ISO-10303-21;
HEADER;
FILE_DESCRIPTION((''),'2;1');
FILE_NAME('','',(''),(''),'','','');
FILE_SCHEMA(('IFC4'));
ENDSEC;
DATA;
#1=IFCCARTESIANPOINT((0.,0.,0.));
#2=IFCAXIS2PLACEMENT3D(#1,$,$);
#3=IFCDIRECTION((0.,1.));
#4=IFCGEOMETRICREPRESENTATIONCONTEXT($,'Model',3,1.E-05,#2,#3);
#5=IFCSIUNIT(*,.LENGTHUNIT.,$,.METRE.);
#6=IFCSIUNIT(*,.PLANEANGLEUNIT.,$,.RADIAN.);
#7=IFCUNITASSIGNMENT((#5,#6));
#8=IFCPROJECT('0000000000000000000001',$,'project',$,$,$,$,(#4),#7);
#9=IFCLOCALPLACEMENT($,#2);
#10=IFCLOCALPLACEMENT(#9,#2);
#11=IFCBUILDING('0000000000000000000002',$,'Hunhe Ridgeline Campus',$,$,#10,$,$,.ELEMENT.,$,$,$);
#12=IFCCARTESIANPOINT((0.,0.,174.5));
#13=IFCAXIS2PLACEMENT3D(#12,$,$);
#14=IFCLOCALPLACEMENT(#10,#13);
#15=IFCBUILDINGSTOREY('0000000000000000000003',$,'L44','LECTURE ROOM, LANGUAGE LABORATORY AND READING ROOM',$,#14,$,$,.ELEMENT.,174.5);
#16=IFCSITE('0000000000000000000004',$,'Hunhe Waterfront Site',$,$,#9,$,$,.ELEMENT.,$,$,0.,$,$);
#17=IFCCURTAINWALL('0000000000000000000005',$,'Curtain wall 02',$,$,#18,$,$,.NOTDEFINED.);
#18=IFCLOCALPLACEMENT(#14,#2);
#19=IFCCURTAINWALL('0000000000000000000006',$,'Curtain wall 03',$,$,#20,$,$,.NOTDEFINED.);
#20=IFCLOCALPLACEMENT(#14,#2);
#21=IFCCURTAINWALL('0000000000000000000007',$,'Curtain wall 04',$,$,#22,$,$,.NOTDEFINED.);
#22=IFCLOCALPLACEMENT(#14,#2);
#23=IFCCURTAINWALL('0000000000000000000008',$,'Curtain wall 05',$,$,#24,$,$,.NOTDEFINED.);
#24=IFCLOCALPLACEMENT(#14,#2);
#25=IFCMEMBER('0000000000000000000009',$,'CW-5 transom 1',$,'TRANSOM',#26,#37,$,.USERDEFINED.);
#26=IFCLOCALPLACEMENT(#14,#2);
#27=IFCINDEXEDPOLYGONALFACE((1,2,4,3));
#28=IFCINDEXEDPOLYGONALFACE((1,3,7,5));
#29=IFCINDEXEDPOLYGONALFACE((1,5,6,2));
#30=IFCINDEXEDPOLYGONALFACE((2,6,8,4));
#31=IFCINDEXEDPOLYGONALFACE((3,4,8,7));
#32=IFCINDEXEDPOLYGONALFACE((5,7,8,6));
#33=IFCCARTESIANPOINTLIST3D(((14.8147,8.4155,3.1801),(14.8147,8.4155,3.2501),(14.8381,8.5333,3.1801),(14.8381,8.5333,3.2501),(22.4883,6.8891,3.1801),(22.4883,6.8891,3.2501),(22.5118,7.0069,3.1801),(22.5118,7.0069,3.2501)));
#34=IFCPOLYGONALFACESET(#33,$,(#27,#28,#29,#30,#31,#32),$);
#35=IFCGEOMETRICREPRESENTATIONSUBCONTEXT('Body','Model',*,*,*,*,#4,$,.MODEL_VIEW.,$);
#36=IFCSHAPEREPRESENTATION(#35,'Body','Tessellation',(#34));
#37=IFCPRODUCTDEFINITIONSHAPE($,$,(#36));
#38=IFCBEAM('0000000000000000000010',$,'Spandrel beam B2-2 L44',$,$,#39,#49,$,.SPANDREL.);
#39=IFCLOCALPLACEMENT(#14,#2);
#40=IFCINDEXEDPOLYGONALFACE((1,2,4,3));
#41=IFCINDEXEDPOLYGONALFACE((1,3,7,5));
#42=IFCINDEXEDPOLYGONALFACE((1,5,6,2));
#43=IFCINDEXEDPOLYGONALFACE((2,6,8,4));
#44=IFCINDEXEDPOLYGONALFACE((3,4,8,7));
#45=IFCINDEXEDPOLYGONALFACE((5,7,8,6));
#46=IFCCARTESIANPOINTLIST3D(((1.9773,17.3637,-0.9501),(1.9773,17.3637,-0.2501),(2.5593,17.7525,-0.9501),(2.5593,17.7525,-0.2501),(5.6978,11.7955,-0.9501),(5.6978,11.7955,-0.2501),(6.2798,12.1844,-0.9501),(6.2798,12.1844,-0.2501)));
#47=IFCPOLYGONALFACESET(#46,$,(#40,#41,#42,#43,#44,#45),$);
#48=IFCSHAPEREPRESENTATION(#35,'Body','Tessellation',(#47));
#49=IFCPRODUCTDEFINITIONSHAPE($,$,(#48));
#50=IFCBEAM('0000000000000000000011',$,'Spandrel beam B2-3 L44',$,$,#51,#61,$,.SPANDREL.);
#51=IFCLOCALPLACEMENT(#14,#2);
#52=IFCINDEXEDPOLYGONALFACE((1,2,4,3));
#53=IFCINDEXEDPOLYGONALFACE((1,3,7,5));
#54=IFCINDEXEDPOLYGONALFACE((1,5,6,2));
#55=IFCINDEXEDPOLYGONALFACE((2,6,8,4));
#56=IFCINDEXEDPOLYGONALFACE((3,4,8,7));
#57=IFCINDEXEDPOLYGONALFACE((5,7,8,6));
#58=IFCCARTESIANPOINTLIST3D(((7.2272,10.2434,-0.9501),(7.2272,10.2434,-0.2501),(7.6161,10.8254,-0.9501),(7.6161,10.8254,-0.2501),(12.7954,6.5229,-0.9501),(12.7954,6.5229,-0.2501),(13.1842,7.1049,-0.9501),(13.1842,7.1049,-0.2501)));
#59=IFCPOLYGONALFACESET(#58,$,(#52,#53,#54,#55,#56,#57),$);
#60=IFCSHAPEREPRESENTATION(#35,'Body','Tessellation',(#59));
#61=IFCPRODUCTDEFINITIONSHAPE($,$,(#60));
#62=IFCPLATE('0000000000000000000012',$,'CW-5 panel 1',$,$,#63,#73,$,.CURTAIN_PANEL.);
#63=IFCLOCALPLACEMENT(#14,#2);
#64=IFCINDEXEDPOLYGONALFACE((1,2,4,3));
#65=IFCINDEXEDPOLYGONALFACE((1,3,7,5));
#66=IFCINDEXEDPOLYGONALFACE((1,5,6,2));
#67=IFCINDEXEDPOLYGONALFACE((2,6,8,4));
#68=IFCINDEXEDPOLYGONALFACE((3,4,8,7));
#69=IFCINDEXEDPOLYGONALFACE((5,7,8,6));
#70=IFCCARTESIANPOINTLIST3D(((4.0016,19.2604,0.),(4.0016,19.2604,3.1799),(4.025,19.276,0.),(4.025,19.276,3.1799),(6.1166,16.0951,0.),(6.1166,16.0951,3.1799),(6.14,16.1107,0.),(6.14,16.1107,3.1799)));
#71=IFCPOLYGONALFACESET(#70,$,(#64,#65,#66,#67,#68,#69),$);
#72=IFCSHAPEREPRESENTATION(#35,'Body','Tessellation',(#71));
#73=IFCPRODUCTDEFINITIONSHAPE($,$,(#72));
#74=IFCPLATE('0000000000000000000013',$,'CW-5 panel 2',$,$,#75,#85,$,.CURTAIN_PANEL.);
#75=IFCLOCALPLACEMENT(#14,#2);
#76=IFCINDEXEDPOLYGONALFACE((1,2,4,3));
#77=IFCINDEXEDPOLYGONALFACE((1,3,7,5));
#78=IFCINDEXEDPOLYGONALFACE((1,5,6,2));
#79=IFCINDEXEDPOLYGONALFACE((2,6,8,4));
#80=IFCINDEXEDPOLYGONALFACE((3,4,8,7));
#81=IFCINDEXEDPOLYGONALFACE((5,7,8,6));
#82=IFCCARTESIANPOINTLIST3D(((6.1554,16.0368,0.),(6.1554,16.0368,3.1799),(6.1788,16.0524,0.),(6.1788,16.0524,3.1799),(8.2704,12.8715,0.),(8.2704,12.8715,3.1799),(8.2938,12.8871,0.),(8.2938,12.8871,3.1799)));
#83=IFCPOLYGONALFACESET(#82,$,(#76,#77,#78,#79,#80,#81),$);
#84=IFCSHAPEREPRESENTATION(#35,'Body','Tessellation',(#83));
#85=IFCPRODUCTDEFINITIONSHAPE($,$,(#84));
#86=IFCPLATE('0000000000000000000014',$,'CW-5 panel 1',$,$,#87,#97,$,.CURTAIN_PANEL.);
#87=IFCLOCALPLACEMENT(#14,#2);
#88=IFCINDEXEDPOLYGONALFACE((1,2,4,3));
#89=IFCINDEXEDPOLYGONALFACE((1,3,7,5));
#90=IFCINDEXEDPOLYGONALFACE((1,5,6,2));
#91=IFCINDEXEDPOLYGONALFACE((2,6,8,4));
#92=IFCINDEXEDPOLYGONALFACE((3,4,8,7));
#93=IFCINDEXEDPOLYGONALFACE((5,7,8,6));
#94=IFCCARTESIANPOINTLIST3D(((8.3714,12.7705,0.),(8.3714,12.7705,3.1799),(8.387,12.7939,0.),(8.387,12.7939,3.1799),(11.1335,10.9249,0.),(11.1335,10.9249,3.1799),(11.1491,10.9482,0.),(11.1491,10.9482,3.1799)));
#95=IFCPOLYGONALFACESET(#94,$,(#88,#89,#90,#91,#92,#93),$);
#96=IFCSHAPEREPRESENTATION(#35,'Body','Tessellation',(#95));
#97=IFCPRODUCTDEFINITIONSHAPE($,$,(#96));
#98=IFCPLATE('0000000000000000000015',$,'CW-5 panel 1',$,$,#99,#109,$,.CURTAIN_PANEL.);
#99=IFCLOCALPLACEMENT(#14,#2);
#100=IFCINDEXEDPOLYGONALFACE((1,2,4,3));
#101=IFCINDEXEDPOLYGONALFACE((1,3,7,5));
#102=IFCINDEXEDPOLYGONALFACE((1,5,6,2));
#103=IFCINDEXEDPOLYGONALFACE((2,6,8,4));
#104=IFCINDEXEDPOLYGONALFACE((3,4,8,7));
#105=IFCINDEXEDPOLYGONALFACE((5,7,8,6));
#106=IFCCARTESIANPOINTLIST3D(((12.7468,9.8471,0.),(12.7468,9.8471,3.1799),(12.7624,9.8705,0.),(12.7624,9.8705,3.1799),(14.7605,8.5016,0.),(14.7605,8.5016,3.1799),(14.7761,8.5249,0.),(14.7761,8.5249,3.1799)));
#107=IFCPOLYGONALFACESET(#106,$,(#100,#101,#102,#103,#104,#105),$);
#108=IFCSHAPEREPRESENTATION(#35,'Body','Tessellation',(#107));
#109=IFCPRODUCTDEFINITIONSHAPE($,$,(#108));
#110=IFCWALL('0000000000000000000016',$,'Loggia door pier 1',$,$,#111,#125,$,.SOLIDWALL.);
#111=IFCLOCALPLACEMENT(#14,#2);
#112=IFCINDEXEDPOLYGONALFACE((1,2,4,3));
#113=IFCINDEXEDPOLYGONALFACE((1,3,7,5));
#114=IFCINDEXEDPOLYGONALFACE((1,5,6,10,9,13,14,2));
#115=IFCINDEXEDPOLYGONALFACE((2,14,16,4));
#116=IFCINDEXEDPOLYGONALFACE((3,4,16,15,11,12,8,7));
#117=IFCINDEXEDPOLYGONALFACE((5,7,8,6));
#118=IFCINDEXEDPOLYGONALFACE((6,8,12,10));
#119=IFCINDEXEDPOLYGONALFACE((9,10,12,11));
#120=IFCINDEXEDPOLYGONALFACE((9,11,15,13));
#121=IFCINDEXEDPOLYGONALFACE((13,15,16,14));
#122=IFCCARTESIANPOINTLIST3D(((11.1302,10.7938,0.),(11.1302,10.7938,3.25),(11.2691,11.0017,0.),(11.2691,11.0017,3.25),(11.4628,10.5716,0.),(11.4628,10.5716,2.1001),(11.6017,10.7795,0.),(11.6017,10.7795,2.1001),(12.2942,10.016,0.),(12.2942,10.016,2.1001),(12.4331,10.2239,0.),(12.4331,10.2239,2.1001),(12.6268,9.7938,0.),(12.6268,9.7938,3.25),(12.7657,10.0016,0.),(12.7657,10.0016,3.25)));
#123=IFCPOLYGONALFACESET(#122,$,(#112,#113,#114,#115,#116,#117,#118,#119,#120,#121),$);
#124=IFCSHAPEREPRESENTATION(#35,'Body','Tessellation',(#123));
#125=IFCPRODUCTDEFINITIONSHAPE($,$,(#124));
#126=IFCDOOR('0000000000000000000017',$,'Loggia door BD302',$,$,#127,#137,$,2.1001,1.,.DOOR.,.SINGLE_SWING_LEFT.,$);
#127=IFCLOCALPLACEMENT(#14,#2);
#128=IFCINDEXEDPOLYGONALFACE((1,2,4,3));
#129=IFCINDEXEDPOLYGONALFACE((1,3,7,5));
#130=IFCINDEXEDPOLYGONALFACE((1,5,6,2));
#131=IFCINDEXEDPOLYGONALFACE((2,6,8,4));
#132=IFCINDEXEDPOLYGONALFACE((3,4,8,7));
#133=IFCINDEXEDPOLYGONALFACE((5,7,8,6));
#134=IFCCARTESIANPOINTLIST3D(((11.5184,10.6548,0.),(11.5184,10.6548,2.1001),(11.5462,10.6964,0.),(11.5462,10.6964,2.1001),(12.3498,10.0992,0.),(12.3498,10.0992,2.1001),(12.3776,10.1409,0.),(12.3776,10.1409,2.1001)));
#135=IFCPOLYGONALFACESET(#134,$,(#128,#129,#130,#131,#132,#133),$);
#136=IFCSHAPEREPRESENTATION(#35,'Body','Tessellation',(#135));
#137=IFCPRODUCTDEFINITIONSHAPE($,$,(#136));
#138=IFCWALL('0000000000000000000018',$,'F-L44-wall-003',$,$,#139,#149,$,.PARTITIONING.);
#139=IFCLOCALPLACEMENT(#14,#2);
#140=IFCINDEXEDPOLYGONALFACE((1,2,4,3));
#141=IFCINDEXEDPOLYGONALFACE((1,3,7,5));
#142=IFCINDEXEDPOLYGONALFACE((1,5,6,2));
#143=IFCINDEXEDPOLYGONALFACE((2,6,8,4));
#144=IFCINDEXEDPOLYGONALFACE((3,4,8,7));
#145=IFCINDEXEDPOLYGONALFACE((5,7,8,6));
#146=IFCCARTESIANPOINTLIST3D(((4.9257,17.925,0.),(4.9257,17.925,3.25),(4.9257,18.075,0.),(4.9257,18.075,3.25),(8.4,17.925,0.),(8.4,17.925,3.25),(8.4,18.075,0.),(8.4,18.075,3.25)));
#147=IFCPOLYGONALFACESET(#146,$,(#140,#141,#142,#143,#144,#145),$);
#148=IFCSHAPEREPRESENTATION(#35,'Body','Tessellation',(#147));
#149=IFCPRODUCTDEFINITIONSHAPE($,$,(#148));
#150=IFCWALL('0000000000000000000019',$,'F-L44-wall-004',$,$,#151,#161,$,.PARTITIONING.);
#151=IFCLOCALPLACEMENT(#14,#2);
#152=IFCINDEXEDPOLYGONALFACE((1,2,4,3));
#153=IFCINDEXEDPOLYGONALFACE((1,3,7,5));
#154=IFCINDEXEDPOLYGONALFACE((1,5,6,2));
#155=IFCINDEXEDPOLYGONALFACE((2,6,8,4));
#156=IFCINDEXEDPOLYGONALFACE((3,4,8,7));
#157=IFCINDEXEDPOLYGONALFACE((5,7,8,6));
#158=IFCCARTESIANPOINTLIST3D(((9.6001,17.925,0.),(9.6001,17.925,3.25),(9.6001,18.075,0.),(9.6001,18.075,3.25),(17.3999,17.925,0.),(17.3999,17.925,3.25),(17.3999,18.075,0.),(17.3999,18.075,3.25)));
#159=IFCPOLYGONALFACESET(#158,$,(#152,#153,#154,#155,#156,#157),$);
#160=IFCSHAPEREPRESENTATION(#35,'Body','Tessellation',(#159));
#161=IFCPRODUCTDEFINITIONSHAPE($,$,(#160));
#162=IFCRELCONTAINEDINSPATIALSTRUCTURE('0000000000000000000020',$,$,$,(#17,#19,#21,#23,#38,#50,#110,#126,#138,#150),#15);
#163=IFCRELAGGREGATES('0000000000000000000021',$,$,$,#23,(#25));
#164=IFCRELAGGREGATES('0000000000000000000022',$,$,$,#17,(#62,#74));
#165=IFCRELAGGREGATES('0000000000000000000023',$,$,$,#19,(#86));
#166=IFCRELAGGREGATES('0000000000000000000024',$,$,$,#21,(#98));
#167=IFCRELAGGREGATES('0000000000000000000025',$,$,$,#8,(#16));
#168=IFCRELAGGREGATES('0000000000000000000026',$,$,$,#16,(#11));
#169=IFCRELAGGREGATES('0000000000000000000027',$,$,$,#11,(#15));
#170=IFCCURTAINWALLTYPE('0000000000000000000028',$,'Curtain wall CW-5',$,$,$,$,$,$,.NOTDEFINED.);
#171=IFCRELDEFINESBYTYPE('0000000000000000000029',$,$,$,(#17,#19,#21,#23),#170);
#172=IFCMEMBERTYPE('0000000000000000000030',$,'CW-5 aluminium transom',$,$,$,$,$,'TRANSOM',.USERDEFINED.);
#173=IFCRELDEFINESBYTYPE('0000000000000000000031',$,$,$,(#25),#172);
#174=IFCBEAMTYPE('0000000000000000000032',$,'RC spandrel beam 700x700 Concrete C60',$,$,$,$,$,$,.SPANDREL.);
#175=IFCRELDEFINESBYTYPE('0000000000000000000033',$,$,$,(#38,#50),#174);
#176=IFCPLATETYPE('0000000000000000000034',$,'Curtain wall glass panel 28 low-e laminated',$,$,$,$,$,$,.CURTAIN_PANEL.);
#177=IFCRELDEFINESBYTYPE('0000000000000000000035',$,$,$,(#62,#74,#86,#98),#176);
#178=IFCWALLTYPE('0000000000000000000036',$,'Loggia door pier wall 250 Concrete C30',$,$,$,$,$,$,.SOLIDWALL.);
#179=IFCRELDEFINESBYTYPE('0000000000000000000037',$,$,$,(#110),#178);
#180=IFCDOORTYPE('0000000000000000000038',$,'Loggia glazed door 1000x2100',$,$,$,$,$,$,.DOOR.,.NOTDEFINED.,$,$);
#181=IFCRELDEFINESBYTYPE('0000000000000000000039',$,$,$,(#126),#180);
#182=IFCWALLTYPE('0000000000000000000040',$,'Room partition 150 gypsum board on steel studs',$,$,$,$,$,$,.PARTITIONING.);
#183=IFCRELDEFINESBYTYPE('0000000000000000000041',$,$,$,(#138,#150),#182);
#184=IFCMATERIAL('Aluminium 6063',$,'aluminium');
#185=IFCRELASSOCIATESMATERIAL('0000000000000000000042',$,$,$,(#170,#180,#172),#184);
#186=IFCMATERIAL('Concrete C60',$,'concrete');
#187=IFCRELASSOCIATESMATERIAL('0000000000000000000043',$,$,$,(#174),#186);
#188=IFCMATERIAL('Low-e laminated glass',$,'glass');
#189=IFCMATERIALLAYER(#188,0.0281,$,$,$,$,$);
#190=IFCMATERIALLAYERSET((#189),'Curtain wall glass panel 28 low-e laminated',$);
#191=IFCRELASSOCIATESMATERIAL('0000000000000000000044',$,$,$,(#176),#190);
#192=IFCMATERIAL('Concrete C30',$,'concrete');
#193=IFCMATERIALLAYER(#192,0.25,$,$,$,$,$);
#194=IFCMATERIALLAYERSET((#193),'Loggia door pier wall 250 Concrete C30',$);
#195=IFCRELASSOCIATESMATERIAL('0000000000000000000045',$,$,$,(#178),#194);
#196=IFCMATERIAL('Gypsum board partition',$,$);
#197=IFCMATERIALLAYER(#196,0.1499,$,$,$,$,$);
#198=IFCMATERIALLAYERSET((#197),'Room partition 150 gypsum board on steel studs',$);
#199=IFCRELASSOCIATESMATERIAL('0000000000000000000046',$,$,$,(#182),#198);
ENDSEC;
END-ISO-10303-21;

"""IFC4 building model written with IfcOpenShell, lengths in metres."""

from ifc_helpers import new_model, si_unit, direction, frame, frame_2d, origin, origin_2d, place, context, subcontext, project, spatial, rectangle, extrude, material, layer, layer_set, material_profile, profile_set, type_object, element, fill, aggregate, save


model = new_model("IFC4")

# Units and contexts
model_context = context("Model", 3, precision=1e-05, world=origin(), true_north=direction((0.0, 1.0)))
body_context = subcontext(model_context, "Body", "Model", "MODEL_VIEW")
ifc_project = project(units=[si_unit("LENGTHUNIT", "METRE"), si_unit("PLANEANGLEUNIT", "RADIAN")], contexts=[model_context])

# Site, building, storey
site_placement = place(None, origin())
site = spatial("IfcSite", under=ifc_project, at=site_placement, Name="Hunhe Waterfront Site", CompositionType="ELEMENT", RefElevation=0.0)
building_placement = place(site_placement, origin())
building = spatial("IfcBuilding", under=site, at=building_placement, Name="Hunhe Ridgeline Campus", CompositionType="ELEMENT")
storey_placement = place(building_placement, frame((0.0, 0.0, 174.5)))
storey = spatial("IfcBuildingStorey", under=building, at=storey_placement, Name="L44", Description="LECTURE ROOM, LANGUAGE LABORATORY AND READING ROOM", CompositionType="ELEMENT", Elevation=174.5)

# Shared definitions
ifc_material_1 = material(Name="Aluminium 6063", Category="aluminium")
curtain_wall_type = type_object("IfcCurtainWallType", Name="Curtain wall CW-5", PredefinedType="NOTDEFINED", material=ifc_material_1)

# Curtain walls
curtain_wall_1_placement = place(storey_placement, origin())
curtain_wall_1 = element("IfcCurtainWall", 1, at=curtain_wall_1_placement, inside=storey, type_object=curtain_wall_type, Name="Curtain wall 02", PredefinedType="NOTDEFINED")
curtain_wall_2_placement = place(storey_placement, origin())
curtain_wall_2 = element("IfcCurtainWall", 2, at=curtain_wall_2_placement, inside=storey, type_object=curtain_wall_type, Name="Curtain wall 03", PredefinedType="NOTDEFINED")
curtain_wall_3_placement = place(storey_placement, origin())
curtain_wall_3 = element("IfcCurtainWall", 3, at=curtain_wall_3_placement, inside=storey, type_object=curtain_wall_type, Name="Curtain wall 04", PredefinedType="NOTDEFINED")

# Shared definitions
ifc_material_profile_1 = material_profile(ifc_material_1, rectangle(XDim=0.1201, YDim=0.0701, at=origin_2d()))
ifc_profile_set_1 = profile_set([ifc_material_profile_1], Name="Aluminium 6063")
member_type_1 = type_object("IfcMemberType", Name="CW-5 aluminium transom", ElementType="TRANSOM", PredefinedType="USERDEFINED", material=ifc_profile_set_1)

# Curtain wall, member
curtain_wall_4_placement = place(storey_placement, origin())
curtain_wall_4 = element("IfcCurtainWall", 4, at=curtain_wall_4_placement, inside=storey, type_object=curtain_wall_type, Name="Curtain wall 05", PredefinedType="NOTDEFINED")
member_1_placement = place(storey_placement, frame((14.8264, 8.4744, 3.2151), z_axis=(0.980785, -0.19509, 0.0), x_axis=(0.19509, 0.980785, 0.0)))
member_1 = element("IfcMember", 5, at=member_1_placement, type_object=member_type_1, Name="CW-5 transom 1", ObjectType="TRANSOM", PredefinedType="USERDEFINED", context=body_context, shape_type="SweptSolid", body=[
    extrude(rectangle(XDim=0.1201, YDim=0.0701, at=origin_2d()), origin(), (0.0, 0.0, 1.0), 7.824),
])
aggregate(curtain_wall_4, [member_1])

# Beams
ifc_material_2 = material(Name="Concrete C60", Category="concrete")
ifc_material_profile_2 = material_profile(ifc_material_2, rectangle(XDim=0.7, YDim=0.7, at=origin_2d()))
ifc_profile_set_2 = profile_set([ifc_material_profile_2], Name="Concrete C60")
beam_type = type_object("IfcBeamType", Name="RC spandrel beam 700x700 Concrete C60", PredefinedType="SPANDREL", material=ifc_profile_set_2)
for number, where, z_axis, x_axis, name in (
    (6, (2.2683, 17.5581, -0.6001), (0.555566, -0.831472, 0.0), (0.831472, 0.555566, 0.0), "Spandrel beam B2-2 L44"),
    (7, (7.4216, 10.5344, -0.6001), (0.831472, -0.555566, 0.0), (0.555566, 0.831472, 0.0), "Spandrel beam B2-3 L44"),
):
    element("IfcBeam", number, at=place(storey_placement, frame(where, z_axis=z_axis, x_axis=x_axis)), inside=storey, type_object=beam_type, Name=name, PredefinedType="SPANDREL", context=body_context, shape_type="SweptSolid", body=[
        extrude(rectangle(XDim=0.7, YDim=0.7, at=origin_2d()), origin(), (0.0, 0.0, 1.0), 6.6968),
    ])

# Plates
ifc_material_3 = material(Name="Low-e laminated glass", Category="glass")
ifc_layer_1 = layer(ifc_material_3, 0.0281)
ifc_layer_set_1 = layer_set([ifc_layer_1], Name="Curtain wall glass panel 28 low-e laminated")
plate_type = type_object("IfcPlateType", Name="Curtain wall glass panel 28 low-e laminated", PredefinedType="CURTAIN_PANEL", material=ifc_layer_set_1)
plate_1_placement = place(storey_placement, frame((5.0708, 17.6855, 0.0), z_axis=(0.0, 0.0, 1.0), x_axis=(0.55557, -0.83147, 0.0)))
plate_1 = element("IfcPlate", 8, at=plate_1_placement, type_object=plate_type, Name="CW-5 panel 1", PredefinedType="CURTAIN_PANEL", context=body_context, shape_type="SweptSolid", body=[
    extrude(rectangle(XDim=3.8069, YDim=0.0281, at=origin_2d()), origin(), (0.0, 0.0, 1.0), 3.1799),
])
plate_2_placement = place(storey_placement, frame((7.2246, 14.4619, 0.0), z_axis=(0.0, 0.0, 1.0), x_axis=(0.55557, -0.83147, 0.0)))
plate_2 = element("IfcPlate", 9, at=plate_2_placement, type_object=plate_type, Name="CW-5 panel 2", PredefinedType="CURTAIN_PANEL", context=body_context, shape_type="SweptSolid", body=[
    extrude(rectangle(XDim=3.8069, YDim=0.0281, at=origin_2d()), origin(), (0.0, 0.0, 1.0), 3.1799),
])
aggregate(curtain_wall_1, [plate_1, plate_2])
plate_3_placement = place(storey_placement, frame((9.7603, 11.8594, 0.0), z_axis=(0.0, 0.0, 1.0), x_axis=(0.83147, -0.55557, 0.0)))
plate_3 = element("IfcPlate", 10, at=plate_3_placement, type_object=plate_type, Name="CW-5 panel 1", PredefinedType="CURTAIN_PANEL", context=body_context, shape_type="SweptSolid", body=[
    extrude(rectangle(XDim=3.322, YDim=0.0281, at=origin_2d()), origin(), (0.0, 0.0, 1.0), 3.1799),
])
aggregate(curtain_wall_2, [plate_3])
plate_4_placement = place(storey_placement, frame((13.7615, 9.186, 0.0), z_axis=(0.0, 0.0, 1.0), x_axis=(0.83147, -0.55557, 0.0)))
plate_4 = element("IfcPlate", 11, at=plate_4_placement, type_object=plate_type, Name="CW-5 panel 1", PredefinedType="CURTAIN_PANEL", context=body_context, shape_type="SweptSolid", body=[
    extrude(rectangle(XDim=2.4219, YDim=0.0281, at=origin_2d()), origin(), (0.0, 0.0, 1.0), 3.1799),
])
aggregate(curtain_wall_3, [plate_4])

# Wall, opening, door
ifc_material_4 = material(Name="Concrete C30", Category="concrete")
ifc_layer_2 = layer(ifc_material_4, 0.25)
ifc_layer_set_2 = layer_set([ifc_layer_2], Name="Loggia door pier wall 250 Concrete C30")
wall_type_1 = type_object("IfcWallType", Name="Loggia door pier wall 250 Concrete C30", PredefinedType="SOLIDWALL", material=ifc_layer_set_2)
wall_1_placement = place(storey_placement, frame((11.1997, 10.8977, 0.0), z_axis=(0.0, 0.0, 1.0), x_axis=(0.831466, -0.555576, 0.0)))
wall_1 = element("IfcWall", 12, at=wall_1_placement, inside=storey, type_object=wall_type_1, Name="Loggia door pier 1", PredefinedType="SOLIDWALL", context=body_context, shape_type="SweptSolid", body=[
    extrude(rectangle(XDim=1.8, YDim=0.25, at=frame_2d((0.8999, 0.0))), origin(), (0.0, 0.0, 1.0), 3.25),
])
opening_placement = place(wall_1_placement, frame((0.3999, 0.0, 0.0)))
opening = element("IfcOpeningElement", 13, at=opening_placement, cuts=wall_1, PredefinedType="OPENING", context=body_context, shape_type="SweptSolid", body=[
    extrude(rectangle(XDim=1.0, YDim=2.1001, at=frame_2d((0.5, 1.05))), frame((0.0, 0.125, 0.0), z_axis=(0.0, -1.0, 0.0), x_axis=(1.0, 0.0, 0.0)), (0.0, 0.0, 1.0), 0.25),
])
door_type = type_object("IfcDoorType", Name="Loggia glazed door 1000x2100", OperationType="NOTDEFINED", PredefinedType="DOOR", material=ifc_material_1)
door_placement = place(opening_placement, frame((1.0, 0.0, 0.0), z_axis=(0.0, 0.0, 1.0), x_axis=(-1.0, 0.0, 0.0)))
door = element("IfcDoor", 14, at=door_placement, inside=storey, type_object=door_type, Name="Loggia door BD302", OperationType="SINGLE_SWING_LEFT", OverallHeight=2.1001, OverallWidth=1.0, PredefinedType="DOOR", context=body_context, shape_type="SweptSolid", body=[
    extrude(rectangle(XDim=1.0, YDim=2.1001, at=frame_2d((0.5, 1.05))), frame((0.0, 0.0249, 0.0), z_axis=(0.0, -1.0, 0.0), x_axis=(1.0, 0.0, 0.0)), (0.0, 0.0, 1.0), 0.05),
])
fill(opening, door)

# Walls
ifc_material_5 = material(Name="Gypsum board partition")
ifc_layer_3 = layer(ifc_material_5, 0.1499)
ifc_layer_set_3 = layer_set([ifc_layer_3], Name="Room partition 150 gypsum board on steel studs")
wall_type_2 = type_object("IfcWallType", Name="Room partition 150 gypsum board on steel studs", PredefinedType="PARTITIONING", material=ifc_layer_set_3)
wall_2_placement = place(storey_placement, frame((4.9255, 18.0, 0.0), z_axis=(0.0, 0.0, 1.0), x_axis=(1.0, 0.0, 0.0)))
element("IfcWall", 15, at=wall_2_placement, inside=storey, type_object=wall_type_2, Name="F-L44-wall-003", PredefinedType="PARTITIONING", context=body_context, shape_type="SweptSolid", body=[
    extrude(rectangle(XDim=3.4744, YDim=0.1499, at=frame_2d((1.7373, 0.0))), origin(), (0.0, 0.0, 1.0), 3.25),
])
wall_3_placement = place(storey_placement, frame((9.6001, 18.0, 0.0), z_axis=(0.0, 0.0, 1.0), x_axis=(1.0, 0.0, 0.0)))
element("IfcWall", 16, at=wall_3_placement, inside=storey, type_object=wall_type_2, Name="F-L44-wall-004", PredefinedType="PARTITIONING", context=body_context, shape_type="SweptSolid", body=[
    extrude(rectangle(XDim=7.7998, YDim=0.1499, at=frame_2d((3.8999, 0.0))), origin(), (0.0, 0.0, 1.0), 3.25),
])

save(model, "model.ifc")
